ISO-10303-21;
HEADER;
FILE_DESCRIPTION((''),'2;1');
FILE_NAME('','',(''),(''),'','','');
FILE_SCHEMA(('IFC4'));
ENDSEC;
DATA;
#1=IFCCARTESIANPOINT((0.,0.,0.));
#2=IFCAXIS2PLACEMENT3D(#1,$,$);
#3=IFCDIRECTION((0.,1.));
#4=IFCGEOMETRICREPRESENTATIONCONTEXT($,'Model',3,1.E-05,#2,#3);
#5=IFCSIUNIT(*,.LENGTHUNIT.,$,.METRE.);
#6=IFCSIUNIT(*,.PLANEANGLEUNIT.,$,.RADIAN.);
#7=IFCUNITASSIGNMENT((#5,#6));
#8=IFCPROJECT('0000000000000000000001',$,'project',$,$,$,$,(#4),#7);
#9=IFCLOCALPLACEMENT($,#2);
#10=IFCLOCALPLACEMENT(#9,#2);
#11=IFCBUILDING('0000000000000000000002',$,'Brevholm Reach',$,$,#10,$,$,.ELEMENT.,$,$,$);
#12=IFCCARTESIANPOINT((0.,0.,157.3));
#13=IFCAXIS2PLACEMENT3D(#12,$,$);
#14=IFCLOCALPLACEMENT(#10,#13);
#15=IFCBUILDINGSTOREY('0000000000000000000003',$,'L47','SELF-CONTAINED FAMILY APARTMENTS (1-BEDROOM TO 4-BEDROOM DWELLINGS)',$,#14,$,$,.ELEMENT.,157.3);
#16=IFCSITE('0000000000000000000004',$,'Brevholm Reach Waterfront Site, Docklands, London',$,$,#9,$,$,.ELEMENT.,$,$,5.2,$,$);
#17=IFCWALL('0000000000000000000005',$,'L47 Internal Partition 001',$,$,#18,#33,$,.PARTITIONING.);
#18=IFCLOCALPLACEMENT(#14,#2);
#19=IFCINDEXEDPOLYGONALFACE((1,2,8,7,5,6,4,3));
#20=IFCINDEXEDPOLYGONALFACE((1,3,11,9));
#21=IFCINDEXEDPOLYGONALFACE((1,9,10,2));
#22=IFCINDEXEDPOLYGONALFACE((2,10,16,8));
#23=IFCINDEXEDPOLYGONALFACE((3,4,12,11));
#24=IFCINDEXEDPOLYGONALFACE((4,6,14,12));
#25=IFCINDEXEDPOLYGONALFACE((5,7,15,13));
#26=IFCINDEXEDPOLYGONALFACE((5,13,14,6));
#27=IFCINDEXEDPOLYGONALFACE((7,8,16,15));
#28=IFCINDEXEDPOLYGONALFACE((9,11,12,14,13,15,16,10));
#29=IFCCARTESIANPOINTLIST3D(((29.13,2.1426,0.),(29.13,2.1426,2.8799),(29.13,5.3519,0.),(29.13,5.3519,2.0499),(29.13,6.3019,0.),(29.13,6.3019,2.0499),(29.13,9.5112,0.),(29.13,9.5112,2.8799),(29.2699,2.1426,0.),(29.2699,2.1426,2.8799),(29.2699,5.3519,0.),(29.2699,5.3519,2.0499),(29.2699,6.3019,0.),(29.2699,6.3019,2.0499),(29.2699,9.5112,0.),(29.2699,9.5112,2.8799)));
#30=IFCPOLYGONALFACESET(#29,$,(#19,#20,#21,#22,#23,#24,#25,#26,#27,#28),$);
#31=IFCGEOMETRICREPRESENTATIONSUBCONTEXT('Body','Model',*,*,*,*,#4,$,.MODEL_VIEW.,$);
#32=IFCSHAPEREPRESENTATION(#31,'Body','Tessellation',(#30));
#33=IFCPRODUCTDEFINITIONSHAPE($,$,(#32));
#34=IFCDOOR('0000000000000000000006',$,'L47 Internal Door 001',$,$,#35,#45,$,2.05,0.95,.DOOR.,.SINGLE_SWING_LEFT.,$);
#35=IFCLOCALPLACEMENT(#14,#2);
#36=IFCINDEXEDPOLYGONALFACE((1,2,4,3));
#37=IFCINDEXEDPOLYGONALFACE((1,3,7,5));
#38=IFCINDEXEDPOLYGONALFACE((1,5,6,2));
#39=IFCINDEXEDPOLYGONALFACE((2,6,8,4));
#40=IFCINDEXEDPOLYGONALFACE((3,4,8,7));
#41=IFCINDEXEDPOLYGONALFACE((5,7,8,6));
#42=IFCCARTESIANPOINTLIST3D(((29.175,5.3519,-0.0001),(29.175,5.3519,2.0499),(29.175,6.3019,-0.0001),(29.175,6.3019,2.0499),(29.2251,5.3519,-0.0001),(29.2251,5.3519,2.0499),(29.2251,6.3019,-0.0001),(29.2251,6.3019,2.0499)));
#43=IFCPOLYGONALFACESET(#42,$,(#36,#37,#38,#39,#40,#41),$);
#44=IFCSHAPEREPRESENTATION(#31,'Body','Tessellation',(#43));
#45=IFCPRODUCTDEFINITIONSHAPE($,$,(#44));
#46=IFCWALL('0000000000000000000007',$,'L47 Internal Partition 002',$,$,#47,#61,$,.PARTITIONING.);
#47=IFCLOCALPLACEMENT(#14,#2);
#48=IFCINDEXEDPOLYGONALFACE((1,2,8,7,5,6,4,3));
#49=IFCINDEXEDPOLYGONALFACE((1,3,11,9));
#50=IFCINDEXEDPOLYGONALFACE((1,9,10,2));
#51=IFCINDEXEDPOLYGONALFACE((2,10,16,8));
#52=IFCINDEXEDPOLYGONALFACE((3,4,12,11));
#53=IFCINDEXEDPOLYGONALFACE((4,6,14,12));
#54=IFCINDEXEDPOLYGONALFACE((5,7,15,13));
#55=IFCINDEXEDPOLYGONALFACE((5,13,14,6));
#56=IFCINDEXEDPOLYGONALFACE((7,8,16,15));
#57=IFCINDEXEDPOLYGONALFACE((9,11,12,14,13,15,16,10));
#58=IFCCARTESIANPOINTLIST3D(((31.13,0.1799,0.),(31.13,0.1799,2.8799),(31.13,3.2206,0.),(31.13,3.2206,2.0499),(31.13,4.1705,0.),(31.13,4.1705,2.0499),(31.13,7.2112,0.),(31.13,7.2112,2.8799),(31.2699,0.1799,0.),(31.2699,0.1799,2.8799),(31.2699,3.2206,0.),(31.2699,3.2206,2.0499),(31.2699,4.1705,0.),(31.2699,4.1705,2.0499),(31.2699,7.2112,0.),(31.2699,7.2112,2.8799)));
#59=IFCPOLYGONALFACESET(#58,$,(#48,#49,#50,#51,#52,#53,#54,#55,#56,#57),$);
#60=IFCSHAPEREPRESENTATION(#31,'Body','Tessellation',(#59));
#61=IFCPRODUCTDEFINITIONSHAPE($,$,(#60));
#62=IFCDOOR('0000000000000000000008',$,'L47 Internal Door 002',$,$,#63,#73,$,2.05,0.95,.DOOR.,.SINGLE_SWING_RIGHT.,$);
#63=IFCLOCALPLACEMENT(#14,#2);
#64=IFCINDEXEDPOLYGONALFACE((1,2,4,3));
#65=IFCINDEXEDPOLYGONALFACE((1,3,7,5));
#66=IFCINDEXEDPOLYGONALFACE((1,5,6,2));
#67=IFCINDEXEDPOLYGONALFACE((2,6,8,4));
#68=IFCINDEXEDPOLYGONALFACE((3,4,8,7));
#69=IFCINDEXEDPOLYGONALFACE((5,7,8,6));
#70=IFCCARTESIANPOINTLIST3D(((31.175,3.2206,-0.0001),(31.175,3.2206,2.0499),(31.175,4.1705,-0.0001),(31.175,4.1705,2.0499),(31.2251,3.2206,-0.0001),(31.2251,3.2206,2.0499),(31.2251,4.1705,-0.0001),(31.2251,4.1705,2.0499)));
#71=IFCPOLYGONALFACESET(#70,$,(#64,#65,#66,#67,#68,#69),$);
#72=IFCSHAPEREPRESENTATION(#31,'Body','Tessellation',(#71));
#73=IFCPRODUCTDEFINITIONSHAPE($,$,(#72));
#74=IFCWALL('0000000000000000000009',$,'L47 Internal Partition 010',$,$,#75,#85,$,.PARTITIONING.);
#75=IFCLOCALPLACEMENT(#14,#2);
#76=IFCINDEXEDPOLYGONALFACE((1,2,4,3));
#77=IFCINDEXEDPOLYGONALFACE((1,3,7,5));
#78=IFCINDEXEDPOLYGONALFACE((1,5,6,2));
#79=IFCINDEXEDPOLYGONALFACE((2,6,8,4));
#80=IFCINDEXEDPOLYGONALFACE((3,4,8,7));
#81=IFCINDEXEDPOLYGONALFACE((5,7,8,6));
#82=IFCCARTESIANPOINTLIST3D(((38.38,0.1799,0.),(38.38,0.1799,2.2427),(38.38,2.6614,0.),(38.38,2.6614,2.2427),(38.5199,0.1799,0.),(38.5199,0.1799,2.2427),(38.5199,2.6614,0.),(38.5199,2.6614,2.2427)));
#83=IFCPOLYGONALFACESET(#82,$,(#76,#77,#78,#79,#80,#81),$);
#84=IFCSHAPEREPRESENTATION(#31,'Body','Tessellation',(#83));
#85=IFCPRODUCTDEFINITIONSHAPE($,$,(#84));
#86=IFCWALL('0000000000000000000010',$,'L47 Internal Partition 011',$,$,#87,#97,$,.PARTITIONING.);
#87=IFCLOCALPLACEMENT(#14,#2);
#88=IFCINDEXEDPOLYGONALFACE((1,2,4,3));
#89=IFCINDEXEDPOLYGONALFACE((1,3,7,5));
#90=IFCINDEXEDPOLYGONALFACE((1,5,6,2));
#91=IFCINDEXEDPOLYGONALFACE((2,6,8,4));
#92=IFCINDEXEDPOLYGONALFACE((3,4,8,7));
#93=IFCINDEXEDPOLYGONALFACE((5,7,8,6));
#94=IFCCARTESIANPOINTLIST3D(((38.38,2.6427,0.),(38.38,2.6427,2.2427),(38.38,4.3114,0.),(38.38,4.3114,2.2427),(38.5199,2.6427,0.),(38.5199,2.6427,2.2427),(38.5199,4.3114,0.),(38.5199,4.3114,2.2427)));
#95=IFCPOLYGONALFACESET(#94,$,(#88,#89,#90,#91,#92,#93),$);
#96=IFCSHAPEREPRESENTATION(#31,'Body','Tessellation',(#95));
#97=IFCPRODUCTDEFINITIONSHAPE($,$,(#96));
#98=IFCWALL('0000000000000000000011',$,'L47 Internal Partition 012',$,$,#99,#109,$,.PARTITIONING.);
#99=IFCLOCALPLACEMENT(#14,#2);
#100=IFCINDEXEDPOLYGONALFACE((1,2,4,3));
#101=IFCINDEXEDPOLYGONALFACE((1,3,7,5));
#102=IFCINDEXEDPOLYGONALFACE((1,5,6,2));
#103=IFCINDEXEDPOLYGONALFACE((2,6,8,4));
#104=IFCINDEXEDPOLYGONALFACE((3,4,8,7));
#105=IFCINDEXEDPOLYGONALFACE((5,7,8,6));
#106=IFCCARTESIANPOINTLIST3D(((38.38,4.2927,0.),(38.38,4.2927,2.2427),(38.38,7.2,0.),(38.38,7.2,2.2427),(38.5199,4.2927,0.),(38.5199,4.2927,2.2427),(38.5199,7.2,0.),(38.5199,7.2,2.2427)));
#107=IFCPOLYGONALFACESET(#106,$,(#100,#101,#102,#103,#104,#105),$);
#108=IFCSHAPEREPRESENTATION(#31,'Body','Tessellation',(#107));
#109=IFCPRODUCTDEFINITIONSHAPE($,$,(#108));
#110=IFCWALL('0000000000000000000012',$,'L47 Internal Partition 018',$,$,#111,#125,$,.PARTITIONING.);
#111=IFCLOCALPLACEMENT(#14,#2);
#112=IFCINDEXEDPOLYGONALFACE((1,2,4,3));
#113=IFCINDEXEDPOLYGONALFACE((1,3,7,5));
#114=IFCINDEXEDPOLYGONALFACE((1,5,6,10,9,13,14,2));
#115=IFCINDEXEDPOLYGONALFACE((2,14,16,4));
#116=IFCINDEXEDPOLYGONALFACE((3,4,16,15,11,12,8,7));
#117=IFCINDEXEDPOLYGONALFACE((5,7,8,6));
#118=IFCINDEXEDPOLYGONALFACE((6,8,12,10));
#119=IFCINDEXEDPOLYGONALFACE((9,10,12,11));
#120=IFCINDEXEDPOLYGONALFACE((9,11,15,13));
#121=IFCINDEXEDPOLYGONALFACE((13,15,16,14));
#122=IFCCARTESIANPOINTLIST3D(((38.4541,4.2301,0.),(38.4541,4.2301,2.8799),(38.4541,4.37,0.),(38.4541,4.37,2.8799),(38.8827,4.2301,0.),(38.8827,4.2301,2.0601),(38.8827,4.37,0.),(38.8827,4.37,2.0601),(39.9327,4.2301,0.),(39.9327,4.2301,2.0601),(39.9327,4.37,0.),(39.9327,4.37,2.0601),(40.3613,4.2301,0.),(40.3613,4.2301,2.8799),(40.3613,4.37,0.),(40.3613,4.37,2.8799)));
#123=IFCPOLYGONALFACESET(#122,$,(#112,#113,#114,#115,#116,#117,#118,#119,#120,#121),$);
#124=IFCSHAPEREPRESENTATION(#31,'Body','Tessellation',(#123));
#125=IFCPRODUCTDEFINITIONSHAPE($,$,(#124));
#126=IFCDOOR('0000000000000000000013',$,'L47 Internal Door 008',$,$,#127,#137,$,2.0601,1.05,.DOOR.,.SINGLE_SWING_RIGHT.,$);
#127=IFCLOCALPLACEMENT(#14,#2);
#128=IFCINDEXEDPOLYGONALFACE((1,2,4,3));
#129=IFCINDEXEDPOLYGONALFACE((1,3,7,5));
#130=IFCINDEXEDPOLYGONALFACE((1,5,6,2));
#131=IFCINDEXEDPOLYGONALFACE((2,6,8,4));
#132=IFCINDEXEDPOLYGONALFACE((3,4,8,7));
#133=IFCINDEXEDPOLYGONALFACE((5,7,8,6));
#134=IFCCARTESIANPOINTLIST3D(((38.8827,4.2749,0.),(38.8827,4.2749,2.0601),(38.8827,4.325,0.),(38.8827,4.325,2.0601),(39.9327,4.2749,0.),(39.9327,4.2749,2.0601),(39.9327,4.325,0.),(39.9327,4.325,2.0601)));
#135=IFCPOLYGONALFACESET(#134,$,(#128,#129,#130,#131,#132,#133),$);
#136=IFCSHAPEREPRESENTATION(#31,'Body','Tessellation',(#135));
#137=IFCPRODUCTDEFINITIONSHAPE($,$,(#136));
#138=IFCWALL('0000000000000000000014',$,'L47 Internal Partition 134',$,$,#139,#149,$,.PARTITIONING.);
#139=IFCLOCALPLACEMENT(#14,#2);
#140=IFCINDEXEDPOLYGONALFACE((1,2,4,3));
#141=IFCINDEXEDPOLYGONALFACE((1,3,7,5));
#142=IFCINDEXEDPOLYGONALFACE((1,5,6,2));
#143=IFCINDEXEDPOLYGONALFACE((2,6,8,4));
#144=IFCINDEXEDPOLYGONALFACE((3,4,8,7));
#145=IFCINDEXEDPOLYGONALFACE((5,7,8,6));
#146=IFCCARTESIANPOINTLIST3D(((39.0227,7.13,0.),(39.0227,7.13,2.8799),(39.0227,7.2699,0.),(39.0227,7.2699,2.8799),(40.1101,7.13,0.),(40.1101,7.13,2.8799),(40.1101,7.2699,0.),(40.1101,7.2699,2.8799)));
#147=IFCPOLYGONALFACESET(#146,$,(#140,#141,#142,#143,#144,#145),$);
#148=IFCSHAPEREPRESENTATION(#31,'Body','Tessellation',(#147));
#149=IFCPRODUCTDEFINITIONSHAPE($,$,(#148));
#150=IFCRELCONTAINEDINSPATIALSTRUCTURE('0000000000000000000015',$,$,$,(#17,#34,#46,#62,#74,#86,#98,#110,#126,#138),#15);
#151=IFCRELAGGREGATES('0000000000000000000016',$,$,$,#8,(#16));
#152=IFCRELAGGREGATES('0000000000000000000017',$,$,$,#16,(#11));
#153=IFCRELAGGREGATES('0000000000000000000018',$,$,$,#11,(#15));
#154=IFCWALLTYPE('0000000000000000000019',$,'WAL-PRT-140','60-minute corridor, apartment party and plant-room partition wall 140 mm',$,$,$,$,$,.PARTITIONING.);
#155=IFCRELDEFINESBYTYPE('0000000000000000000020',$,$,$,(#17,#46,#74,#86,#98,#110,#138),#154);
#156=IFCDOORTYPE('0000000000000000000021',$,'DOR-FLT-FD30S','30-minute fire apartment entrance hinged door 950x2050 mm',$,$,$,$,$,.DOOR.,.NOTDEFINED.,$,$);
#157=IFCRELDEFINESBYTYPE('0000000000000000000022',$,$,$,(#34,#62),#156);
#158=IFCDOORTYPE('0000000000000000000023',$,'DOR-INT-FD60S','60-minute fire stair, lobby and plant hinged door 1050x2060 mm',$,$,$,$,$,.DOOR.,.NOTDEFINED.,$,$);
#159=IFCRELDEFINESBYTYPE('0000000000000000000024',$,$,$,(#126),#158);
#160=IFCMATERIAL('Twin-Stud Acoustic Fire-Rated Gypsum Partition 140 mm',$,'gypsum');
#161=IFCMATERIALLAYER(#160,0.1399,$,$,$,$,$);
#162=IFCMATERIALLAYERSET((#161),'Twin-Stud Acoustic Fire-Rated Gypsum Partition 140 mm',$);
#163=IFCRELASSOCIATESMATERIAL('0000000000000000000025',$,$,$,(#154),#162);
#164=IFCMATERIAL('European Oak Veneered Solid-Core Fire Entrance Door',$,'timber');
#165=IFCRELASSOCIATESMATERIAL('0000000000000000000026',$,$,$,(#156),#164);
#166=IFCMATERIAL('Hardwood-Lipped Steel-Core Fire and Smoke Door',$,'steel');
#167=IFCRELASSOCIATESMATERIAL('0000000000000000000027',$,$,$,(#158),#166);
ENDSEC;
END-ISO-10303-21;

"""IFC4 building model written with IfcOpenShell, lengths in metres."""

from ifc_helpers import new_model, si_unit, direction, frame, frame_2d, origin, place, context, subcontext, project, spatial, rectangle, extrude, material, layer, layer_set, type_object, element, fill, save


model = new_model("IFC4")

# Units and contexts
model_context = context("Model", 3, precision=1e-05, world=origin(), true_north=direction((0.0, 1.0)))
body_context = subcontext(model_context, "Body", "Model", "MODEL_VIEW")
ifc_project = project(units=[si_unit("LENGTHUNIT", "METRE"), si_unit("PLANEANGLEUNIT", "RADIAN")], contexts=[model_context])

# Site, building, storey
site_placement = place(None, origin())
site = spatial("IfcSite", under=ifc_project, at=site_placement, Name="Brevholm Reach Waterfront Site, Docklands, London", CompositionType="ELEMENT", RefElevation=5.2)
building_placement = place(site_placement, origin())
building = spatial("IfcBuilding", under=site, at=building_placement, Name="Brevholm Reach", CompositionType="ELEMENT")
storey_placement = place(building_placement, frame((0.0, 0.0, 157.3)))
storey = spatial("IfcBuildingStorey", under=building, at=storey_placement, Name="L47", Description="SELF-CONTAINED FAMILY APARTMENTS (1-BEDROOM TO 4-BEDROOM DWELLINGS)", CompositionType="ELEMENT", Elevation=157.3)

# Walls, openings, doors
ifc_material_1 = material(Name="Twin-Stud Acoustic Fire-Rated Gypsum Partition 140 mm", Category="gypsum")
ifc_layer_1 = layer(ifc_material_1, 0.1399)
ifc_layer_set_1 = layer_set([ifc_layer_1], Name="Twin-Stud Acoustic Fire-Rated Gypsum Partition 140 mm")
wall_type_1 = type_object("IfcWallType", Name="WAL-PRT-140", Description="60-minute corridor, apartment party and plant-room partition wall 140 mm", PredefinedType="PARTITIONING", material=ifc_layer_set_1)
wall_1_placement = place(storey_placement, frame((29.2, 2.1426, 0.0), z_axis=(0.0, 0.0, 1.0), x_axis=(0.0, 1.0, 0.0)))
wall_1 = element("IfcWall", 1, at=wall_1_placement, inside=storey, type_object=wall_type_1, Name="L47 Internal Partition 001", PredefinedType="PARTITIONING", context=body_context, shape_type="SweptSolid", body=[
    extrude(rectangle(XDim=7.3687, YDim=0.1399, at=frame_2d((3.6843, 0.0))), origin(), (0.0, 0.0, 1.0), 2.8799),
])
opening_1_placement = place(wall_1_placement, frame((3.2092, 0.0, 0.0)))
opening_1 = element("IfcOpeningElement", 2, at=opening_1_placement, cuts=wall_1, PredefinedType="OPENING", context=body_context, shape_type="SweptSolid", body=[
    extrude(rectangle(XDim=0.95, YDim=2.05, at=frame_2d((0.4751, 1.0249))), frame((0.0, 0.0798, 0.0), z_axis=(0.0, -1.0, 0.0), x_axis=(1.0, 0.0, 0.0)), (0.0, 0.0, 1.0), 0.1599),
])
ifc_material_2 = material(Name="European Oak Veneered Solid-Core Fire Entrance Door", Category="timber")
door_type_1 = type_object("IfcDoorType", Name="DOR-FLT-FD30S", Description="30-minute fire apartment entrance hinged door 950x2050 mm", OperationType="NOTDEFINED", PredefinedType="DOOR", material=ifc_material_2)
door_1_placement = place(opening_1_placement, origin())
door_1 = element("IfcDoor", 3, at=door_1_placement, inside=storey, type_object=door_type_1, Name="L47 Internal Door 001", OperationType="SINGLE_SWING_LEFT", OverallHeight=2.05, OverallWidth=0.95, PredefinedType="DOOR", context=body_context, shape_type="SweptSolid", body=[
    extrude(rectangle(XDim=0.95, YDim=2.05, at=frame_2d((0.4751, 1.0249))), frame((0.0, 0.0249, 0.0), z_axis=(0.0, -1.0, 0.0), x_axis=(1.0, 0.0, 0.0)), (0.0, 0.0, 1.0), 0.05),
])
fill(opening_1, door_1)
wall_2_placement = place(storey_placement, frame((31.2, 0.1799, 0.0), z_axis=(0.0, 0.0, 1.0), x_axis=(0.0, 1.0, 0.0)))
wall_2 = element("IfcWall", 4, at=wall_2_placement, inside=storey, type_object=wall_type_1, Name="L47 Internal Partition 002", PredefinedType="PARTITIONING", context=body_context, shape_type="SweptSolid", body=[
    extrude(rectangle(XDim=7.0312, YDim=0.1399, at=frame_2d((3.5156, 0.0))), origin(), (0.0, 0.0, 1.0), 2.8799),
])
opening_2_placement = place(wall_2_placement, frame((3.0405, 0.0, 0.0)))
opening_2 = element("IfcOpeningElement", 5, at=opening_2_placement, cuts=wall_2, PredefinedType="OPENING", context=body_context, shape_type="SweptSolid", body=[
    extrude(rectangle(XDim=0.95, YDim=2.05, at=frame_2d((0.4751, 1.0249))), frame((0.0, 0.0798, 0.0), z_axis=(0.0, -1.0, 0.0), x_axis=(1.0, 0.0, 0.0)), (0.0, 0.0, 1.0), 0.1599),
])
door_2_placement = place(opening_2_placement, origin())
door_2 = element("IfcDoor", 6, at=door_2_placement, inside=storey, type_object=door_type_1, Name="L47 Internal Door 002", OperationType="SINGLE_SWING_RIGHT", OverallHeight=2.05, OverallWidth=0.95, PredefinedType="DOOR", context=body_context, shape_type="SweptSolid", body=[
    extrude(rectangle(XDim=0.95, YDim=2.05, at=frame_2d((0.4751, 1.0249))), frame((0.0, 0.0249, 0.0), z_axis=(0.0, -1.0, 0.0), x_axis=(1.0, 0.0, 0.0)), (0.0, 0.0, 1.0), 0.05),
])
fill(opening_2, door_2)

# Walls
wall_3_placement = place(storey_placement, frame((38.45, 0.1799, 0.0), z_axis=(0.0, 0.0, 1.0), x_axis=(0.0, 1.0, 0.0)))
element("IfcWall", 7, at=wall_3_placement, inside=storey, type_object=wall_type_1, Name="L47 Internal Partition 010", PredefinedType="PARTITIONING", context=body_context, shape_type="SweptSolid", body=[
    extrude(rectangle(XDim=2.4814, YDim=0.1399, at=frame_2d((1.2407, 0.0))), origin(), (0.0, 0.0, 1.0), 2.2427),
])
wall_4_placement = place(storey_placement, frame((38.45, 2.6426, 0.0), z_axis=(0.0, 0.0, 1.0), x_axis=(0.0, 1.0, 0.0)))
element("IfcWall", 8, at=wall_4_placement, inside=storey, type_object=wall_type_1, Name="L47 Internal Partition 011", PredefinedType="PARTITIONING", context=body_context, shape_type="SweptSolid", body=[
    extrude(rectangle(XDim=1.6687, YDim=0.1399, at=frame_2d((0.8345, 0.0))), origin(), (0.0, 0.0, 1.0), 2.2427),
])
wall_5_placement = place(storey_placement, frame((38.45, 4.2927, 0.0), z_axis=(0.0, 0.0, 1.0), x_axis=(0.0, 1.0, 0.0)))
element("IfcWall", 9, at=wall_5_placement, inside=storey, type_object=wall_type_1, Name="L47 Internal Partition 012", PredefinedType="PARTITIONING", context=body_context, shape_type="SweptSolid", body=[
    extrude(rectangle(XDim=2.9072, YDim=0.1399, at=frame_2d((1.4536, 0.0))), origin(), (0.0, 0.0, 1.0), 2.2427),
])

# Wall, opening, door
wall_6_placement = place(storey_placement, frame((38.4541, 4.3, 0.0), z_axis=(0.0, 0.0, 1.0), x_axis=(1.0, 0.0, 0.0)))
wall_6 = element("IfcWall", 10, at=wall_6_placement, inside=storey, type_object=wall_type_1, Name="L47 Internal Partition 018", PredefinedType="PARTITIONING", context=body_context, shape_type="SweptSolid", body=[
    extrude(rectangle(XDim=1.9072, YDim=0.1399, at=frame_2d((0.9536, 0.0))), origin(), (0.0, 0.0, 1.0), 2.8799),
])
opening_3_placement = place(wall_6_placement, frame((0.4287, 0.0, 0.0)))
opening_3 = element("IfcOpeningElement", 11, at=opening_3_placement, cuts=wall_6, PredefinedType="OPENING", context=body_context, shape_type="SweptSolid", body=[
    extrude(rectangle(XDim=1.05, YDim=2.0601, at=frame_2d((0.5249, 1.03))), frame((0.0, 0.0798, 0.0), z_axis=(0.0, -1.0, 0.0), x_axis=(1.0, 0.0, 0.0)), (0.0, 0.0, 1.0), 0.1599),
])
ifc_material_3 = material(Name="Hardwood-Lipped Steel-Core Fire and Smoke Door", Category="steel")
door_type_2 = type_object("IfcDoorType", Name="DOR-INT-FD60S", Description="60-minute fire stair, lobby and plant hinged door 1050x2060 mm", OperationType="NOTDEFINED", PredefinedType="DOOR", material=ifc_material_3)
door_3_placement = place(opening_3_placement, origin())
door_3 = element("IfcDoor", 12, at=door_3_placement, inside=storey, type_object=door_type_2, Name="L47 Internal Door 008", OperationType="SINGLE_SWING_RIGHT", OverallHeight=2.0601, OverallWidth=1.05, PredefinedType="DOOR", context=body_context, shape_type="SweptSolid", body=[
    extrude(rectangle(XDim=1.05, YDim=2.0601, at=frame_2d((0.5249, 1.03))), frame((0.0, 0.0249, 0.0), z_axis=(0.0, -1.0, 0.0), x_axis=(1.0, 0.0, 0.0)), (0.0, 0.0, 1.0), 0.05),
])
fill(opening_3, door_3)

# Wall
wall_7_placement = place(storey_placement, frame((39.0227, 7.2, 0.0), z_axis=(0.0, 0.0, 1.0), x_axis=(1.0, 0.0, 0.0)))
element("IfcWall", 13, at=wall_7_placement, inside=storey, type_object=wall_type_1, Name="L47 Internal Partition 134", PredefinedType="PARTITIONING", context=body_context, shape_type="SweptSolid", body=[
    extrude(rectangle(XDim=1.0874, YDim=0.1399, at=frame_2d((0.5437, 0.0))), origin(), (0.0, 0.0, 1.0), 2.8799),
])

save(model, "model.ifc")
